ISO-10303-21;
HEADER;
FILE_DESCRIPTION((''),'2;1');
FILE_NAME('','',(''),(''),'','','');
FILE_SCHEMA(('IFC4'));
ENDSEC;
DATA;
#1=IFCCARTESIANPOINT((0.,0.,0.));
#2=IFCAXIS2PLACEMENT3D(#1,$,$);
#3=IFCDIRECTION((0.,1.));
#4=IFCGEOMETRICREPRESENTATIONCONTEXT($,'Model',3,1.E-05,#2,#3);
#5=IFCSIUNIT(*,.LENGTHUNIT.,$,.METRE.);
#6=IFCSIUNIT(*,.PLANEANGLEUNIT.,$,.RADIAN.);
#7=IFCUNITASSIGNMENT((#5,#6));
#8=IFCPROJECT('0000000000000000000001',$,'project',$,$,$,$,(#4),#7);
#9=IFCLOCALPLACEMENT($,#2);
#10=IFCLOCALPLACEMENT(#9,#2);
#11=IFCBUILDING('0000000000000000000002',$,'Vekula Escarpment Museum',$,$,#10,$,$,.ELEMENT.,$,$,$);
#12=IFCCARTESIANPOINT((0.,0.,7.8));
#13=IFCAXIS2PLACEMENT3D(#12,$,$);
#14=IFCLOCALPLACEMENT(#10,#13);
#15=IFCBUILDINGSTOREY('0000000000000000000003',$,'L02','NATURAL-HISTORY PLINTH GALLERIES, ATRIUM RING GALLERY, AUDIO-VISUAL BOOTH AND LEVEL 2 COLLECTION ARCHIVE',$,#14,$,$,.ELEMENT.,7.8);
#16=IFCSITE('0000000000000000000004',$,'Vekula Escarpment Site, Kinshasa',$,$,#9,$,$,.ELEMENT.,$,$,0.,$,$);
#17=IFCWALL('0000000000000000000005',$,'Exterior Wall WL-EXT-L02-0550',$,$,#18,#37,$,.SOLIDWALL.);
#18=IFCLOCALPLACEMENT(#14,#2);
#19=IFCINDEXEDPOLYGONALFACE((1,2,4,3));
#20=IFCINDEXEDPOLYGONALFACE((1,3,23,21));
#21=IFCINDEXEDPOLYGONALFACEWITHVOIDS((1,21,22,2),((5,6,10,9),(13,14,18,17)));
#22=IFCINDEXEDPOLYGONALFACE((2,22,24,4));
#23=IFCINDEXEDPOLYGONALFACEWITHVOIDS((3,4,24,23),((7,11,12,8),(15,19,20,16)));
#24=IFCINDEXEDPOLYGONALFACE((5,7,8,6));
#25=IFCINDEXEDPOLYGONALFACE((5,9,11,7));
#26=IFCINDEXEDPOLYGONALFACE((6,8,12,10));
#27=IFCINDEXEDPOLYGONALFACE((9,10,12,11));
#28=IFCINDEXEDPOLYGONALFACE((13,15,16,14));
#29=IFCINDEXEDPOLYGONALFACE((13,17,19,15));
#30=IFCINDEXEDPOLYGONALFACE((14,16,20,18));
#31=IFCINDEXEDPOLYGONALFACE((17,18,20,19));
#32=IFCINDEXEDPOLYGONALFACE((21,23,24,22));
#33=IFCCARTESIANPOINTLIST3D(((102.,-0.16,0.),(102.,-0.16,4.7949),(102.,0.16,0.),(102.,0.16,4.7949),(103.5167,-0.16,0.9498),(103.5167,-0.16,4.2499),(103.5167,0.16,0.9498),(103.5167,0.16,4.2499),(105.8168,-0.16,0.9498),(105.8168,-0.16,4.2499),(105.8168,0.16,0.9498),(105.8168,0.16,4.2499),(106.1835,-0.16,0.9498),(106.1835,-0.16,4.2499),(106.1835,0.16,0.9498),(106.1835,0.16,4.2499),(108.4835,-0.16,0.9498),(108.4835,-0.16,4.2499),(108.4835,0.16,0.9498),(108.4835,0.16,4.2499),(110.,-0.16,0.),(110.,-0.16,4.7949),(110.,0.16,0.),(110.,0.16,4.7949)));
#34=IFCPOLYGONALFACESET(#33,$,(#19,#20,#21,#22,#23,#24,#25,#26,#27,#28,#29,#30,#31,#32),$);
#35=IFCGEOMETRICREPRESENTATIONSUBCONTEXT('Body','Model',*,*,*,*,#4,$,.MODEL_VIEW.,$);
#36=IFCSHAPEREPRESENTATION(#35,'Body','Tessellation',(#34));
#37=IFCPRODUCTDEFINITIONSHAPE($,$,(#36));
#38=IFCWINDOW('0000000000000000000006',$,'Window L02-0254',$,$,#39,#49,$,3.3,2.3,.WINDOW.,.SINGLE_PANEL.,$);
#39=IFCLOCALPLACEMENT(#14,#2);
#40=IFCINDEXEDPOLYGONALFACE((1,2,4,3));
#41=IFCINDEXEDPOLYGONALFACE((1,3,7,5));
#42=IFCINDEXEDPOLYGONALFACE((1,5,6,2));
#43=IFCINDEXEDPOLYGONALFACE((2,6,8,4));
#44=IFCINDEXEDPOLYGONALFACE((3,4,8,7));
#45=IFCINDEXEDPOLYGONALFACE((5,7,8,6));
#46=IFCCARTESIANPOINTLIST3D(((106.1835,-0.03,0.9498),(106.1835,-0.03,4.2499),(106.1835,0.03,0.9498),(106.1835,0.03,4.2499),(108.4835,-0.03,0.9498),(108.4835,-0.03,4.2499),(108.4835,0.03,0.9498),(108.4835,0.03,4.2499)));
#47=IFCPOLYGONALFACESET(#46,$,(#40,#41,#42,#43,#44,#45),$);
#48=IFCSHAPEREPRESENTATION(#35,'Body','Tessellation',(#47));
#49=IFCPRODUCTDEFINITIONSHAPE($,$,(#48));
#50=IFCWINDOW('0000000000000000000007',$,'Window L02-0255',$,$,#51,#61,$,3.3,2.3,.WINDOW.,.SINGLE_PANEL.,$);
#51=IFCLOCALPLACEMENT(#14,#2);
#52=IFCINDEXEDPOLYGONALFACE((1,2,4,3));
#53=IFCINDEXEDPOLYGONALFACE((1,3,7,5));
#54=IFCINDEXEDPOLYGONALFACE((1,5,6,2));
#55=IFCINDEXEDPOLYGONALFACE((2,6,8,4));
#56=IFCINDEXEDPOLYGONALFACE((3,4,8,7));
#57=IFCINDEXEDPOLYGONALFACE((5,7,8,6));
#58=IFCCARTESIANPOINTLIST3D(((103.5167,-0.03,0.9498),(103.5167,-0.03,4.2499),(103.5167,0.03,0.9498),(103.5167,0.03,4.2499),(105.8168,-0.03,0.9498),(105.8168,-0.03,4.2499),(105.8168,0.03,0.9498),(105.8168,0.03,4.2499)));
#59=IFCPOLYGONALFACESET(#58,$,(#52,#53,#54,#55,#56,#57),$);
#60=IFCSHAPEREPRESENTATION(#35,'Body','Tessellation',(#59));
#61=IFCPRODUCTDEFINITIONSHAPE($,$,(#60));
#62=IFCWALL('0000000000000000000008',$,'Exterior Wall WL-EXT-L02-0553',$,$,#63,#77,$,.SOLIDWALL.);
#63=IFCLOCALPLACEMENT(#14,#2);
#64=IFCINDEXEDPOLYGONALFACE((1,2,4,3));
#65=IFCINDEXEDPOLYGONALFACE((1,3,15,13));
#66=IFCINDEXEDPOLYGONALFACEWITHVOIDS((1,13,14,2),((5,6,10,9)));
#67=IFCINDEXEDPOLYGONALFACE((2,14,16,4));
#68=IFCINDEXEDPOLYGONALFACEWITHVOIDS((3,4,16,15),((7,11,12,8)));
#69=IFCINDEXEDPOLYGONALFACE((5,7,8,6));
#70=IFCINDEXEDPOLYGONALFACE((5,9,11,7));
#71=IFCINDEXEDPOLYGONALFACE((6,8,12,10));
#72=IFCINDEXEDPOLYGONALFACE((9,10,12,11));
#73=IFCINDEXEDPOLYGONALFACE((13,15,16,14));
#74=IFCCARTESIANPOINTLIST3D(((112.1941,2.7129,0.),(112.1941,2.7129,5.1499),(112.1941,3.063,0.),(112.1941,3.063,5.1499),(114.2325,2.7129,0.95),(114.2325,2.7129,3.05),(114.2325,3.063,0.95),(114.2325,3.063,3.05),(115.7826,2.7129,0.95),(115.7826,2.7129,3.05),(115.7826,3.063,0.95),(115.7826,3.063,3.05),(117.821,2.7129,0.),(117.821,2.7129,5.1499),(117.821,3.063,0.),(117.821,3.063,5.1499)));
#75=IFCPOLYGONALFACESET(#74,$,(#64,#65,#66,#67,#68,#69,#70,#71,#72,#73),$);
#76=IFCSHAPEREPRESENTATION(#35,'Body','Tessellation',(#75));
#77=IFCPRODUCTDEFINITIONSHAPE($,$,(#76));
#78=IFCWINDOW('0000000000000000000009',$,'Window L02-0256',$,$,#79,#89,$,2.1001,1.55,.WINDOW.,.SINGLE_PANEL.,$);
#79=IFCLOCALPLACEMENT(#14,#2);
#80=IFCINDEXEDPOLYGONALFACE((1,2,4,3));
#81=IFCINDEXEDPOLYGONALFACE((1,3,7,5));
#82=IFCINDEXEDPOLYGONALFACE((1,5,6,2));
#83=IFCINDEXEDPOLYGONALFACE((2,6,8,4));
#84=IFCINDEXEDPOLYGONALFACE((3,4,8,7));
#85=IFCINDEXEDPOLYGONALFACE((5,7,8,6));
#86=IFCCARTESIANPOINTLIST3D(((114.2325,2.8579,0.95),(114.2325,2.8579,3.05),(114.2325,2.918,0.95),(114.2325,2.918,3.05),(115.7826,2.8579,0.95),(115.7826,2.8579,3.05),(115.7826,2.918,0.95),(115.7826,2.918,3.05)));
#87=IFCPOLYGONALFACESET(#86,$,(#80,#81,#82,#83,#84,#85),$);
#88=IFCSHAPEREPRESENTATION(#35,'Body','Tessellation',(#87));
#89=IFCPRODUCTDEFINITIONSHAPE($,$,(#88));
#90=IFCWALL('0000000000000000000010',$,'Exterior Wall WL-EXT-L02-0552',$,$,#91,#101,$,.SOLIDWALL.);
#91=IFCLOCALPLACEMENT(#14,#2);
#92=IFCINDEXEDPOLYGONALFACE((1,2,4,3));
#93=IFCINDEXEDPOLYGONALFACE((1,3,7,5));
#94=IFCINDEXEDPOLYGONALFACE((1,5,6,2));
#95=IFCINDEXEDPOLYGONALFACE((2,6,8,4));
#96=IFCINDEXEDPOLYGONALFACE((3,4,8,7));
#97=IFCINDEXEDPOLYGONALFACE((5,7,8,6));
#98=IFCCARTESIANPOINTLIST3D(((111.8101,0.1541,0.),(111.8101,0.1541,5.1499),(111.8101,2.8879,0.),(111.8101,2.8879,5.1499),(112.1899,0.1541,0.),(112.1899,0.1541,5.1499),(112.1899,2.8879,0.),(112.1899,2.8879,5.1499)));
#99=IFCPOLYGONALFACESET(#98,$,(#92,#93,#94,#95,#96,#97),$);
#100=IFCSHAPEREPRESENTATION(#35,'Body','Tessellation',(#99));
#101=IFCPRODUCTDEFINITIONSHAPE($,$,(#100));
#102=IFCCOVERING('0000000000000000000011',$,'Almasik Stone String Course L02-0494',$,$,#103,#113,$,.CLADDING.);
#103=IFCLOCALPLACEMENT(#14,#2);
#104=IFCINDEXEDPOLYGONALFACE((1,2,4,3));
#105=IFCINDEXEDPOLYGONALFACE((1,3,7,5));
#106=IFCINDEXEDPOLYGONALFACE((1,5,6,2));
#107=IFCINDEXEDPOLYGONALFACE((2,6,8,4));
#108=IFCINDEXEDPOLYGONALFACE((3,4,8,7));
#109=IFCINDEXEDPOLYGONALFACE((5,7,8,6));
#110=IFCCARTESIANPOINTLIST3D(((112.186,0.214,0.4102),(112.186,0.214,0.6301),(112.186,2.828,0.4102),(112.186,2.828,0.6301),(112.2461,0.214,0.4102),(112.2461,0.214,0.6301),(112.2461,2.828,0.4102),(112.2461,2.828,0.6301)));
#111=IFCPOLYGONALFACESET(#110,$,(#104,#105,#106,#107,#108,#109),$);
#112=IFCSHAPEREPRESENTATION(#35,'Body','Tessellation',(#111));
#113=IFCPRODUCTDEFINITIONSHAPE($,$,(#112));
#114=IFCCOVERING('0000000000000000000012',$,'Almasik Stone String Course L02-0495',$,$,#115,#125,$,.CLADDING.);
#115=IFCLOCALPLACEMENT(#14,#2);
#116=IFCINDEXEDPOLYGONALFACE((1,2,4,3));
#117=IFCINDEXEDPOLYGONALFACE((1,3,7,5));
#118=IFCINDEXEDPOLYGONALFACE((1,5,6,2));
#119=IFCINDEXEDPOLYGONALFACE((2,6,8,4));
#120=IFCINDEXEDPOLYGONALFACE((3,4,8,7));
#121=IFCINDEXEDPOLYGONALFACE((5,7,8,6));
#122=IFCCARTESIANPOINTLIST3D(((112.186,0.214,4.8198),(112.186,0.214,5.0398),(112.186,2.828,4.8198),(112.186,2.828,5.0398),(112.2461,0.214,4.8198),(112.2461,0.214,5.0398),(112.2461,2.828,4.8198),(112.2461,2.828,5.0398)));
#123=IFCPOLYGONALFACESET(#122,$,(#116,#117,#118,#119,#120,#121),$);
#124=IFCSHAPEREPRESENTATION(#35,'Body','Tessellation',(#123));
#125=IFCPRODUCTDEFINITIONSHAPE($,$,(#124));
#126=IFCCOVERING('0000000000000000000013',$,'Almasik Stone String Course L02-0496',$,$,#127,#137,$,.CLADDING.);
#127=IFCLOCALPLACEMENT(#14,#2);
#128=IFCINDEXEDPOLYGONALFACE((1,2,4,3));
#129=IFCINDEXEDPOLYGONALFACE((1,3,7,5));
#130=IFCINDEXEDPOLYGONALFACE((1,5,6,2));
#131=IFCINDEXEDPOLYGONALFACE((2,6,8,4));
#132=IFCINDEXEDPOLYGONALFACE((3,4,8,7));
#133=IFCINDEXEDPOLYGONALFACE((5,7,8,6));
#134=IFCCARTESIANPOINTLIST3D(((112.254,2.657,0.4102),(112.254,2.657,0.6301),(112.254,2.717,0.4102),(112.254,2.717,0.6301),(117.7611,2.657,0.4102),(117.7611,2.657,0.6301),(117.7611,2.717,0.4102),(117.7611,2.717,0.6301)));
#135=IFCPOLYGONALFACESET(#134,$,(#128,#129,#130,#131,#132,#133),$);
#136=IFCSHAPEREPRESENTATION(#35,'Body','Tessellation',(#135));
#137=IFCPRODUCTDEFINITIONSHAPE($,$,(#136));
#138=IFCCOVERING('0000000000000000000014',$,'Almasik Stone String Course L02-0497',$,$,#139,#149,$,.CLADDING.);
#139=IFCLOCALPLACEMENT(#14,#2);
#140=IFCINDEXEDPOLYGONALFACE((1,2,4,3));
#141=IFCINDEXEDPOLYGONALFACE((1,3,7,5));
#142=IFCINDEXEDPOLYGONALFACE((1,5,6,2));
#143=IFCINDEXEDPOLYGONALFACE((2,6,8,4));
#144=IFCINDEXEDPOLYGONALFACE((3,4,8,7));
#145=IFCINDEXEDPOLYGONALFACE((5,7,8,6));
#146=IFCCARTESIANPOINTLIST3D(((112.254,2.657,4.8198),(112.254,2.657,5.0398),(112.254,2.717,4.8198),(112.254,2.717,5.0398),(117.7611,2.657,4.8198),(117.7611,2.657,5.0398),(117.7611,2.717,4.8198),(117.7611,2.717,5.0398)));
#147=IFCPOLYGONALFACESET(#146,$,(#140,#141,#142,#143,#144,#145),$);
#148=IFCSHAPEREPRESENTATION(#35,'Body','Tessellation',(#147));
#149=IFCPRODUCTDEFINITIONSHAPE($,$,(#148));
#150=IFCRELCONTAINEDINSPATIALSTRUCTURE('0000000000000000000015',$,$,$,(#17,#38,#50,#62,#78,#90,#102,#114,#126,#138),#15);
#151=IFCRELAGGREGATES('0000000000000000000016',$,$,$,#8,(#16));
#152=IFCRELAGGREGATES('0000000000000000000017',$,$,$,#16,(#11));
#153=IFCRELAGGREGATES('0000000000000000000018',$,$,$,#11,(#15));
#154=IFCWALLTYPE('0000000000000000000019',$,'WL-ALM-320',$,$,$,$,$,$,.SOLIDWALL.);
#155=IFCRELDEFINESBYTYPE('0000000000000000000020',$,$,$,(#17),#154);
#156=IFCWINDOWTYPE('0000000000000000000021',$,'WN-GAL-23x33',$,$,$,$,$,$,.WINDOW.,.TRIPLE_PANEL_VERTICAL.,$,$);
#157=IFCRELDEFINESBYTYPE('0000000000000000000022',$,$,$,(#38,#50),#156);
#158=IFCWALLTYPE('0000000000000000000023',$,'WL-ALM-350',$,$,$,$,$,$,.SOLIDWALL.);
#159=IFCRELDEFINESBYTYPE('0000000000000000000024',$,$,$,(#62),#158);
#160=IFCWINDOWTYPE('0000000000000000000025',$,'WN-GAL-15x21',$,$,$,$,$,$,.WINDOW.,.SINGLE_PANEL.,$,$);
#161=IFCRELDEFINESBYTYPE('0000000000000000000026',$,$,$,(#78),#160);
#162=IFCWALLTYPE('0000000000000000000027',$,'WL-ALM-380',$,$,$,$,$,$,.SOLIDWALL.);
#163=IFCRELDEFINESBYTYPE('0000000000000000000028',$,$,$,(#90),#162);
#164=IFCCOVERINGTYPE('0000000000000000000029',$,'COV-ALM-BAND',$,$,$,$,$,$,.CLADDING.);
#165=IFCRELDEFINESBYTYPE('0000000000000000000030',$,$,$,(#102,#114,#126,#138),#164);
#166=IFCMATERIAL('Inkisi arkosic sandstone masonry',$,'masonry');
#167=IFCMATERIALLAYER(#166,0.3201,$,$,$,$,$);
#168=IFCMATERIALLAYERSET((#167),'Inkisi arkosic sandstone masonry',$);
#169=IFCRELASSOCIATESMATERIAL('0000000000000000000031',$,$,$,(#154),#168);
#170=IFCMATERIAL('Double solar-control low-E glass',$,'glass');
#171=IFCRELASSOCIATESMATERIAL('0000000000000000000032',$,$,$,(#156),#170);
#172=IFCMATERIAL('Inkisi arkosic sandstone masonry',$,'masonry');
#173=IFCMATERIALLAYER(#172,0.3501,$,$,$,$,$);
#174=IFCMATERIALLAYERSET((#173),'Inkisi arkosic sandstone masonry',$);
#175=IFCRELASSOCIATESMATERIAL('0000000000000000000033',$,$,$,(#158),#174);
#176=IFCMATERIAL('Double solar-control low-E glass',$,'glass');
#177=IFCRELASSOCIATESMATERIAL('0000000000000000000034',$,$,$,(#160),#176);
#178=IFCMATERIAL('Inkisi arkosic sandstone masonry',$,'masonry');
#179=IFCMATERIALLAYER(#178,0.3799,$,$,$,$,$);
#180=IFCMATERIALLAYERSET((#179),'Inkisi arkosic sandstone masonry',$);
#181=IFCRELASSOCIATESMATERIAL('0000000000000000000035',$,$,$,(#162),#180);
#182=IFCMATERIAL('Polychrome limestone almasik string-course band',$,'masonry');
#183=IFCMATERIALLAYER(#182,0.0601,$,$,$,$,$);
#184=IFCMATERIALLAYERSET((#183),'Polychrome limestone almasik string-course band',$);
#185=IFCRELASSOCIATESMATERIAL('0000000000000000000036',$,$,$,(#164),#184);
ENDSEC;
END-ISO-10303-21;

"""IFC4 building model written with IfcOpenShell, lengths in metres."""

from ifc_helpers import new_model, si_unit, direction, frame, frame_2d, origin, origin_2d, place, context, subcontext, project, spatial, rectangle, extrude, material, layer, layer_set, type_object, element, fill, save


model = new_model("IFC4")

# Units and contexts
model_context = context("Model", 3, precision=1e-05, world=origin(), true_north=direction((0.0, 1.0)))
body_context = subcontext(model_context, "Body", "Model", "MODEL_VIEW")
ifc_project = project(units=[si_unit("LENGTHUNIT", "METRE"), si_unit("PLANEANGLEUNIT", "RADIAN")], contexts=[model_context])

# Site, building, storey
site_placement = place(None, origin())
site = spatial("IfcSite", under=ifc_project, at=site_placement, Name="Vekula Escarpment Site, Kinshasa", CompositionType="ELEMENT", RefElevation=0.0)
building_placement = place(site_placement, origin())
building = spatial("IfcBuilding", under=site, at=building_placement, Name="Vekula Escarpment Museum", CompositionType="ELEMENT")
storey_placement = place(building_placement, frame((0.0, 0.0, 7.8)))
storey = spatial("IfcBuildingStorey", under=building, at=storey_placement, Name="L02", Description="NATURAL-HISTORY PLINTH GALLERIES, ATRIUM RING GALLERY, AUDIO-VISUAL BOOTH AND LEVEL 2 COLLECTION ARCHIVE", CompositionType="ELEMENT", Elevation=7.8)

# Wall, openings, windows
ifc_material_1 = material(Name="Inkisi arkosic sandstone masonry", Category="masonry")
ifc_layer_1 = layer(ifc_material_1, 0.3201)
ifc_layer_set_1 = layer_set([ifc_layer_1], Name="Inkisi arkosic sandstone masonry")
wall_type_1 = type_object("IfcWallType", Name="WL-ALM-320", PredefinedType="SOLIDWALL", material=ifc_layer_set_1)
wall_1_placement = place(storey_placement, frame((110.0, 0.0, 0.0), z_axis=(0.0, 0.0, 1.0), x_axis=(-1.0, 0.0, 0.0)))
wall_1 = element("IfcWall", 1, at=wall_1_placement, inside=storey, type_object=wall_type_1, Name="Exterior Wall WL-EXT-L02-0550", PredefinedType="SOLIDWALL", context=body_context, shape_type="SweptSolid", body=[
    extrude(rectangle(XDim=8.0, YDim=0.3201, at=frame_2d((4.0, 0.0))), origin(), (0.0, 0.0, 1.0), 4.7949),
])
opening_1_placement = place(wall_1_placement, frame((1.5166, 0.0, 0.95)))
opening_1 = element("IfcOpeningElement", 2, at=opening_1_placement, cuts=wall_1, PredefinedType="OPENING", context=body_context, shape_type="SweptSolid", body=[
    extrude(rectangle(XDim=2.3, YDim=3.3, at=frame_2d((1.1499, 1.6499))), frame((0.0, 0.1699, 0.0), z_axis=(0.0, -1.0, 0.0), x_axis=(1.0, 0.0, 0.0)), (0.0, 0.0, 1.0), 0.3401),
])
opening_2_placement = place(wall_1_placement, frame((4.1833, 0.0, 0.95)))
opening_2 = element("IfcOpeningElement", 3, at=opening_2_placement, cuts=wall_1, PredefinedType="OPENING", context=body_context, shape_type="SweptSolid", body=[
    extrude(rectangle(XDim=2.3, YDim=3.3, at=frame_2d((1.1499, 1.6499))), frame((0.0, 0.1699, 0.0), z_axis=(0.0, -1.0, 0.0), x_axis=(1.0, 0.0, 0.0)), (0.0, 0.0, 1.0), 0.3401),
])
ifc_material_2 = material(Name="Double solar-control low-E glass", Category="glass")
window_type_1 = type_object("IfcWindowType", Name="WN-GAL-23x33", PartitioningType="TRIPLE_PANEL_VERTICAL", PredefinedType="WINDOW", material=ifc_material_2)
window_1_placement = place(opening_1_placement, origin())
window_1 = element("IfcWindow", 4, at=window_1_placement, inside=storey, type_object=window_type_1, Name="Window L02-0254", OverallHeight=3.3, OverallWidth=2.3, PartitioningType="SINGLE_PANEL", PredefinedType="WINDOW", context=body_context, shape_type="SweptSolid", body=[
    extrude(rectangle(XDim=2.3, YDim=3.3, at=frame_2d((1.1499, 1.6499))), frame((0.0, 0.03, 0.0), z_axis=(0.0, -1.0, 0.0), x_axis=(1.0, 0.0, 0.0)), (0.0, 0.0, 1.0), 0.0601),
])
fill(opening_1, window_1)
window_2_placement = place(opening_2_placement, origin())
window_2 = element("IfcWindow", 5, at=window_2_placement, inside=storey, type_object=window_type_1, Name="Window L02-0255", OverallHeight=3.3, OverallWidth=2.3, PartitioningType="SINGLE_PANEL", PredefinedType="WINDOW", context=body_context, shape_type="SweptSolid", body=[
    extrude(rectangle(XDim=2.3, YDim=3.3, at=frame_2d((1.1499, 1.6499))), frame((0.0, 0.03, 0.0), z_axis=(0.0, -1.0, 0.0), x_axis=(1.0, 0.0, 0.0)), (0.0, 0.0, 1.0), 0.0601),
])
fill(opening_2, window_2)

# Wall, opening, window
ifc_material_3 = material(Name="Inkisi arkosic sandstone masonry", Category="masonry")
ifc_layer_2 = layer(ifc_material_3, 0.3501)
ifc_layer_set_2 = layer_set([ifc_layer_2], Name="Inkisi arkosic sandstone masonry")
wall_type_2 = type_object("IfcWallType", Name="WL-ALM-350", PredefinedType="SOLIDWALL", material=ifc_layer_set_2)
wall_2_placement = place(storey_placement, frame((117.821, 2.8879, 0.0), z_axis=(0.0, 0.0, 1.0), x_axis=(-1.0, 0.0, 0.0)))
wall_2 = element("IfcWall", 6, at=wall_2_placement, inside=storey, type_object=wall_type_2, Name="Exterior Wall WL-EXT-L02-0553", PredefinedType="SOLIDWALL", context=body_context, shape_type="SweptSolid", body=[
    extrude(rectangle(XDim=5.627, YDim=0.3501, at=frame_2d((2.8135, 0.0))), origin(), (0.0, 0.0, 1.0), 5.1499),
])
opening_3_placement = place(wall_2_placement, frame((2.0386, 0.0, 0.95)))
opening_3 = element("IfcOpeningElement", 7, at=opening_3_placement, cuts=wall_2, PredefinedType="OPENING", context=body_context, shape_type="SweptSolid", body=[
    extrude(rectangle(XDim=1.55, YDim=2.1001, at=frame_2d((0.7749, 1.05))), frame((0.0, 0.1851, 0.0), z_axis=(0.0, -1.0, 0.0), x_axis=(1.0, 0.0, 0.0)), (0.0, 0.0, 1.0), 0.3701),
])
ifc_material_4 = material(Name="Double solar-control low-E glass", Category="glass")
window_type_2 = type_object("IfcWindowType", Name="WN-GAL-15x21", PartitioningType="SINGLE_PANEL", PredefinedType="WINDOW", material=ifc_material_4)
window_3_placement = place(opening_3_placement, origin())
window_3 = element("IfcWindow", 8, at=window_3_placement, inside=storey, type_object=window_type_2, Name="Window L02-0256", OverallHeight=2.1001, OverallWidth=1.55, PartitioningType="SINGLE_PANEL", PredefinedType="WINDOW", context=body_context, shape_type="SweptSolid", body=[
    extrude(rectangle(XDim=1.55, YDim=2.1001, at=frame_2d((0.7749, 1.05))), frame((0.0, 0.03, 0.0), z_axis=(0.0, -1.0, 0.0), x_axis=(1.0, 0.0, 0.0)), (0.0, 0.0, 1.0), 0.0601),
])
fill(opening_3, window_3)

# Wall
ifc_material_5 = material(Name="Inkisi arkosic sandstone masonry", Category="masonry")
ifc_layer_3 = layer(ifc_material_5, 0.3799)
ifc_layer_set_3 = layer_set([ifc_layer_3], Name="Inkisi arkosic sandstone masonry")
wall_type_3 = type_object("IfcWallType", Name="WL-ALM-380", PredefinedType="SOLIDWALL", material=ifc_layer_set_3)
wall_3_placement = place(storey_placement, frame((112.0, 2.8879, 0.0), z_axis=(0.0, 0.0, 1.0), x_axis=(0.0, -1.0, 0.0)))
element("IfcWall", 9, at=wall_3_placement, inside=storey, type_object=wall_type_3, Name="Exterior Wall WL-EXT-L02-0552", PredefinedType="SOLIDWALL", context=body_context, shape_type="SweptSolid", body=[
    extrude(rectangle(XDim=2.7339, YDim=0.3799, at=frame_2d((1.3669, 0.0))), origin(), (0.0, 0.0, 1.0), 5.1499),
])

# Coverings
ifc_material_6 = material(Name="Polychrome limestone almasik string-course band", Category="masonry")
ifc_layer_4 = layer(ifc_material_6, 0.0601)
ifc_layer_set_4 = layer_set([ifc_layer_4], Name="Polychrome limestone almasik string-course band")
covering_type = type_object("IfcCoveringType", Name="COV-ALM-BAND", PredefinedType="CLADDING", material=ifc_layer_set_4)
for number, where, z_axis, x_axis, name in (
    (10, (112.2161, 1.521, 0.4102), (0.0, 0.0, 1.0), (0.0, 1.0, 0.0), "Almasik Stone String Course L02-0494"),
    (11, (112.2161, 1.521, 4.8198), (0.0, 0.0, 1.0), (0.0, 1.0, 0.0), "Almasik Stone String Course L02-0495"),
):
    element("IfcCovering", number, at=place(storey_placement, frame(where, z_axis=z_axis, x_axis=x_axis)), inside=storey, type_object=covering_type, Name=name, PredefinedType="CLADDING", context=body_context, shape_type="SweptSolid", body=[
        extrude(rectangle(XDim=2.614, YDim=0.0601, at=origin_2d()), origin(), (0.0, 0.0, 1.0), 0.22),
    ])
for number, where, z_axis, x_axis, name in (
    (12, (115.0076, 2.687, 0.4102), (0.0, 0.0, 1.0), (1.0, 0.0, 0.0), "Almasik Stone String Course L02-0496"),
    (13, (115.0076, 2.687, 4.8198), (0.0, 0.0, 1.0), (1.0, 0.0, 0.0), "Almasik Stone String Course L02-0497"),
):
    element("IfcCovering", number, at=place(storey_placement, frame(where, z_axis=z_axis, x_axis=x_axis)), inside=storey, type_object=covering_type, Name=name, PredefinedType="CLADDING", context=body_context, shape_type="SweptSolid", body=[
        extrude(rectangle(XDim=5.5071, YDim=0.0601, at=origin_2d()), origin(), (0.0, 0.0, 1.0), 0.22),
    ])

save(model, "model.ifc")
